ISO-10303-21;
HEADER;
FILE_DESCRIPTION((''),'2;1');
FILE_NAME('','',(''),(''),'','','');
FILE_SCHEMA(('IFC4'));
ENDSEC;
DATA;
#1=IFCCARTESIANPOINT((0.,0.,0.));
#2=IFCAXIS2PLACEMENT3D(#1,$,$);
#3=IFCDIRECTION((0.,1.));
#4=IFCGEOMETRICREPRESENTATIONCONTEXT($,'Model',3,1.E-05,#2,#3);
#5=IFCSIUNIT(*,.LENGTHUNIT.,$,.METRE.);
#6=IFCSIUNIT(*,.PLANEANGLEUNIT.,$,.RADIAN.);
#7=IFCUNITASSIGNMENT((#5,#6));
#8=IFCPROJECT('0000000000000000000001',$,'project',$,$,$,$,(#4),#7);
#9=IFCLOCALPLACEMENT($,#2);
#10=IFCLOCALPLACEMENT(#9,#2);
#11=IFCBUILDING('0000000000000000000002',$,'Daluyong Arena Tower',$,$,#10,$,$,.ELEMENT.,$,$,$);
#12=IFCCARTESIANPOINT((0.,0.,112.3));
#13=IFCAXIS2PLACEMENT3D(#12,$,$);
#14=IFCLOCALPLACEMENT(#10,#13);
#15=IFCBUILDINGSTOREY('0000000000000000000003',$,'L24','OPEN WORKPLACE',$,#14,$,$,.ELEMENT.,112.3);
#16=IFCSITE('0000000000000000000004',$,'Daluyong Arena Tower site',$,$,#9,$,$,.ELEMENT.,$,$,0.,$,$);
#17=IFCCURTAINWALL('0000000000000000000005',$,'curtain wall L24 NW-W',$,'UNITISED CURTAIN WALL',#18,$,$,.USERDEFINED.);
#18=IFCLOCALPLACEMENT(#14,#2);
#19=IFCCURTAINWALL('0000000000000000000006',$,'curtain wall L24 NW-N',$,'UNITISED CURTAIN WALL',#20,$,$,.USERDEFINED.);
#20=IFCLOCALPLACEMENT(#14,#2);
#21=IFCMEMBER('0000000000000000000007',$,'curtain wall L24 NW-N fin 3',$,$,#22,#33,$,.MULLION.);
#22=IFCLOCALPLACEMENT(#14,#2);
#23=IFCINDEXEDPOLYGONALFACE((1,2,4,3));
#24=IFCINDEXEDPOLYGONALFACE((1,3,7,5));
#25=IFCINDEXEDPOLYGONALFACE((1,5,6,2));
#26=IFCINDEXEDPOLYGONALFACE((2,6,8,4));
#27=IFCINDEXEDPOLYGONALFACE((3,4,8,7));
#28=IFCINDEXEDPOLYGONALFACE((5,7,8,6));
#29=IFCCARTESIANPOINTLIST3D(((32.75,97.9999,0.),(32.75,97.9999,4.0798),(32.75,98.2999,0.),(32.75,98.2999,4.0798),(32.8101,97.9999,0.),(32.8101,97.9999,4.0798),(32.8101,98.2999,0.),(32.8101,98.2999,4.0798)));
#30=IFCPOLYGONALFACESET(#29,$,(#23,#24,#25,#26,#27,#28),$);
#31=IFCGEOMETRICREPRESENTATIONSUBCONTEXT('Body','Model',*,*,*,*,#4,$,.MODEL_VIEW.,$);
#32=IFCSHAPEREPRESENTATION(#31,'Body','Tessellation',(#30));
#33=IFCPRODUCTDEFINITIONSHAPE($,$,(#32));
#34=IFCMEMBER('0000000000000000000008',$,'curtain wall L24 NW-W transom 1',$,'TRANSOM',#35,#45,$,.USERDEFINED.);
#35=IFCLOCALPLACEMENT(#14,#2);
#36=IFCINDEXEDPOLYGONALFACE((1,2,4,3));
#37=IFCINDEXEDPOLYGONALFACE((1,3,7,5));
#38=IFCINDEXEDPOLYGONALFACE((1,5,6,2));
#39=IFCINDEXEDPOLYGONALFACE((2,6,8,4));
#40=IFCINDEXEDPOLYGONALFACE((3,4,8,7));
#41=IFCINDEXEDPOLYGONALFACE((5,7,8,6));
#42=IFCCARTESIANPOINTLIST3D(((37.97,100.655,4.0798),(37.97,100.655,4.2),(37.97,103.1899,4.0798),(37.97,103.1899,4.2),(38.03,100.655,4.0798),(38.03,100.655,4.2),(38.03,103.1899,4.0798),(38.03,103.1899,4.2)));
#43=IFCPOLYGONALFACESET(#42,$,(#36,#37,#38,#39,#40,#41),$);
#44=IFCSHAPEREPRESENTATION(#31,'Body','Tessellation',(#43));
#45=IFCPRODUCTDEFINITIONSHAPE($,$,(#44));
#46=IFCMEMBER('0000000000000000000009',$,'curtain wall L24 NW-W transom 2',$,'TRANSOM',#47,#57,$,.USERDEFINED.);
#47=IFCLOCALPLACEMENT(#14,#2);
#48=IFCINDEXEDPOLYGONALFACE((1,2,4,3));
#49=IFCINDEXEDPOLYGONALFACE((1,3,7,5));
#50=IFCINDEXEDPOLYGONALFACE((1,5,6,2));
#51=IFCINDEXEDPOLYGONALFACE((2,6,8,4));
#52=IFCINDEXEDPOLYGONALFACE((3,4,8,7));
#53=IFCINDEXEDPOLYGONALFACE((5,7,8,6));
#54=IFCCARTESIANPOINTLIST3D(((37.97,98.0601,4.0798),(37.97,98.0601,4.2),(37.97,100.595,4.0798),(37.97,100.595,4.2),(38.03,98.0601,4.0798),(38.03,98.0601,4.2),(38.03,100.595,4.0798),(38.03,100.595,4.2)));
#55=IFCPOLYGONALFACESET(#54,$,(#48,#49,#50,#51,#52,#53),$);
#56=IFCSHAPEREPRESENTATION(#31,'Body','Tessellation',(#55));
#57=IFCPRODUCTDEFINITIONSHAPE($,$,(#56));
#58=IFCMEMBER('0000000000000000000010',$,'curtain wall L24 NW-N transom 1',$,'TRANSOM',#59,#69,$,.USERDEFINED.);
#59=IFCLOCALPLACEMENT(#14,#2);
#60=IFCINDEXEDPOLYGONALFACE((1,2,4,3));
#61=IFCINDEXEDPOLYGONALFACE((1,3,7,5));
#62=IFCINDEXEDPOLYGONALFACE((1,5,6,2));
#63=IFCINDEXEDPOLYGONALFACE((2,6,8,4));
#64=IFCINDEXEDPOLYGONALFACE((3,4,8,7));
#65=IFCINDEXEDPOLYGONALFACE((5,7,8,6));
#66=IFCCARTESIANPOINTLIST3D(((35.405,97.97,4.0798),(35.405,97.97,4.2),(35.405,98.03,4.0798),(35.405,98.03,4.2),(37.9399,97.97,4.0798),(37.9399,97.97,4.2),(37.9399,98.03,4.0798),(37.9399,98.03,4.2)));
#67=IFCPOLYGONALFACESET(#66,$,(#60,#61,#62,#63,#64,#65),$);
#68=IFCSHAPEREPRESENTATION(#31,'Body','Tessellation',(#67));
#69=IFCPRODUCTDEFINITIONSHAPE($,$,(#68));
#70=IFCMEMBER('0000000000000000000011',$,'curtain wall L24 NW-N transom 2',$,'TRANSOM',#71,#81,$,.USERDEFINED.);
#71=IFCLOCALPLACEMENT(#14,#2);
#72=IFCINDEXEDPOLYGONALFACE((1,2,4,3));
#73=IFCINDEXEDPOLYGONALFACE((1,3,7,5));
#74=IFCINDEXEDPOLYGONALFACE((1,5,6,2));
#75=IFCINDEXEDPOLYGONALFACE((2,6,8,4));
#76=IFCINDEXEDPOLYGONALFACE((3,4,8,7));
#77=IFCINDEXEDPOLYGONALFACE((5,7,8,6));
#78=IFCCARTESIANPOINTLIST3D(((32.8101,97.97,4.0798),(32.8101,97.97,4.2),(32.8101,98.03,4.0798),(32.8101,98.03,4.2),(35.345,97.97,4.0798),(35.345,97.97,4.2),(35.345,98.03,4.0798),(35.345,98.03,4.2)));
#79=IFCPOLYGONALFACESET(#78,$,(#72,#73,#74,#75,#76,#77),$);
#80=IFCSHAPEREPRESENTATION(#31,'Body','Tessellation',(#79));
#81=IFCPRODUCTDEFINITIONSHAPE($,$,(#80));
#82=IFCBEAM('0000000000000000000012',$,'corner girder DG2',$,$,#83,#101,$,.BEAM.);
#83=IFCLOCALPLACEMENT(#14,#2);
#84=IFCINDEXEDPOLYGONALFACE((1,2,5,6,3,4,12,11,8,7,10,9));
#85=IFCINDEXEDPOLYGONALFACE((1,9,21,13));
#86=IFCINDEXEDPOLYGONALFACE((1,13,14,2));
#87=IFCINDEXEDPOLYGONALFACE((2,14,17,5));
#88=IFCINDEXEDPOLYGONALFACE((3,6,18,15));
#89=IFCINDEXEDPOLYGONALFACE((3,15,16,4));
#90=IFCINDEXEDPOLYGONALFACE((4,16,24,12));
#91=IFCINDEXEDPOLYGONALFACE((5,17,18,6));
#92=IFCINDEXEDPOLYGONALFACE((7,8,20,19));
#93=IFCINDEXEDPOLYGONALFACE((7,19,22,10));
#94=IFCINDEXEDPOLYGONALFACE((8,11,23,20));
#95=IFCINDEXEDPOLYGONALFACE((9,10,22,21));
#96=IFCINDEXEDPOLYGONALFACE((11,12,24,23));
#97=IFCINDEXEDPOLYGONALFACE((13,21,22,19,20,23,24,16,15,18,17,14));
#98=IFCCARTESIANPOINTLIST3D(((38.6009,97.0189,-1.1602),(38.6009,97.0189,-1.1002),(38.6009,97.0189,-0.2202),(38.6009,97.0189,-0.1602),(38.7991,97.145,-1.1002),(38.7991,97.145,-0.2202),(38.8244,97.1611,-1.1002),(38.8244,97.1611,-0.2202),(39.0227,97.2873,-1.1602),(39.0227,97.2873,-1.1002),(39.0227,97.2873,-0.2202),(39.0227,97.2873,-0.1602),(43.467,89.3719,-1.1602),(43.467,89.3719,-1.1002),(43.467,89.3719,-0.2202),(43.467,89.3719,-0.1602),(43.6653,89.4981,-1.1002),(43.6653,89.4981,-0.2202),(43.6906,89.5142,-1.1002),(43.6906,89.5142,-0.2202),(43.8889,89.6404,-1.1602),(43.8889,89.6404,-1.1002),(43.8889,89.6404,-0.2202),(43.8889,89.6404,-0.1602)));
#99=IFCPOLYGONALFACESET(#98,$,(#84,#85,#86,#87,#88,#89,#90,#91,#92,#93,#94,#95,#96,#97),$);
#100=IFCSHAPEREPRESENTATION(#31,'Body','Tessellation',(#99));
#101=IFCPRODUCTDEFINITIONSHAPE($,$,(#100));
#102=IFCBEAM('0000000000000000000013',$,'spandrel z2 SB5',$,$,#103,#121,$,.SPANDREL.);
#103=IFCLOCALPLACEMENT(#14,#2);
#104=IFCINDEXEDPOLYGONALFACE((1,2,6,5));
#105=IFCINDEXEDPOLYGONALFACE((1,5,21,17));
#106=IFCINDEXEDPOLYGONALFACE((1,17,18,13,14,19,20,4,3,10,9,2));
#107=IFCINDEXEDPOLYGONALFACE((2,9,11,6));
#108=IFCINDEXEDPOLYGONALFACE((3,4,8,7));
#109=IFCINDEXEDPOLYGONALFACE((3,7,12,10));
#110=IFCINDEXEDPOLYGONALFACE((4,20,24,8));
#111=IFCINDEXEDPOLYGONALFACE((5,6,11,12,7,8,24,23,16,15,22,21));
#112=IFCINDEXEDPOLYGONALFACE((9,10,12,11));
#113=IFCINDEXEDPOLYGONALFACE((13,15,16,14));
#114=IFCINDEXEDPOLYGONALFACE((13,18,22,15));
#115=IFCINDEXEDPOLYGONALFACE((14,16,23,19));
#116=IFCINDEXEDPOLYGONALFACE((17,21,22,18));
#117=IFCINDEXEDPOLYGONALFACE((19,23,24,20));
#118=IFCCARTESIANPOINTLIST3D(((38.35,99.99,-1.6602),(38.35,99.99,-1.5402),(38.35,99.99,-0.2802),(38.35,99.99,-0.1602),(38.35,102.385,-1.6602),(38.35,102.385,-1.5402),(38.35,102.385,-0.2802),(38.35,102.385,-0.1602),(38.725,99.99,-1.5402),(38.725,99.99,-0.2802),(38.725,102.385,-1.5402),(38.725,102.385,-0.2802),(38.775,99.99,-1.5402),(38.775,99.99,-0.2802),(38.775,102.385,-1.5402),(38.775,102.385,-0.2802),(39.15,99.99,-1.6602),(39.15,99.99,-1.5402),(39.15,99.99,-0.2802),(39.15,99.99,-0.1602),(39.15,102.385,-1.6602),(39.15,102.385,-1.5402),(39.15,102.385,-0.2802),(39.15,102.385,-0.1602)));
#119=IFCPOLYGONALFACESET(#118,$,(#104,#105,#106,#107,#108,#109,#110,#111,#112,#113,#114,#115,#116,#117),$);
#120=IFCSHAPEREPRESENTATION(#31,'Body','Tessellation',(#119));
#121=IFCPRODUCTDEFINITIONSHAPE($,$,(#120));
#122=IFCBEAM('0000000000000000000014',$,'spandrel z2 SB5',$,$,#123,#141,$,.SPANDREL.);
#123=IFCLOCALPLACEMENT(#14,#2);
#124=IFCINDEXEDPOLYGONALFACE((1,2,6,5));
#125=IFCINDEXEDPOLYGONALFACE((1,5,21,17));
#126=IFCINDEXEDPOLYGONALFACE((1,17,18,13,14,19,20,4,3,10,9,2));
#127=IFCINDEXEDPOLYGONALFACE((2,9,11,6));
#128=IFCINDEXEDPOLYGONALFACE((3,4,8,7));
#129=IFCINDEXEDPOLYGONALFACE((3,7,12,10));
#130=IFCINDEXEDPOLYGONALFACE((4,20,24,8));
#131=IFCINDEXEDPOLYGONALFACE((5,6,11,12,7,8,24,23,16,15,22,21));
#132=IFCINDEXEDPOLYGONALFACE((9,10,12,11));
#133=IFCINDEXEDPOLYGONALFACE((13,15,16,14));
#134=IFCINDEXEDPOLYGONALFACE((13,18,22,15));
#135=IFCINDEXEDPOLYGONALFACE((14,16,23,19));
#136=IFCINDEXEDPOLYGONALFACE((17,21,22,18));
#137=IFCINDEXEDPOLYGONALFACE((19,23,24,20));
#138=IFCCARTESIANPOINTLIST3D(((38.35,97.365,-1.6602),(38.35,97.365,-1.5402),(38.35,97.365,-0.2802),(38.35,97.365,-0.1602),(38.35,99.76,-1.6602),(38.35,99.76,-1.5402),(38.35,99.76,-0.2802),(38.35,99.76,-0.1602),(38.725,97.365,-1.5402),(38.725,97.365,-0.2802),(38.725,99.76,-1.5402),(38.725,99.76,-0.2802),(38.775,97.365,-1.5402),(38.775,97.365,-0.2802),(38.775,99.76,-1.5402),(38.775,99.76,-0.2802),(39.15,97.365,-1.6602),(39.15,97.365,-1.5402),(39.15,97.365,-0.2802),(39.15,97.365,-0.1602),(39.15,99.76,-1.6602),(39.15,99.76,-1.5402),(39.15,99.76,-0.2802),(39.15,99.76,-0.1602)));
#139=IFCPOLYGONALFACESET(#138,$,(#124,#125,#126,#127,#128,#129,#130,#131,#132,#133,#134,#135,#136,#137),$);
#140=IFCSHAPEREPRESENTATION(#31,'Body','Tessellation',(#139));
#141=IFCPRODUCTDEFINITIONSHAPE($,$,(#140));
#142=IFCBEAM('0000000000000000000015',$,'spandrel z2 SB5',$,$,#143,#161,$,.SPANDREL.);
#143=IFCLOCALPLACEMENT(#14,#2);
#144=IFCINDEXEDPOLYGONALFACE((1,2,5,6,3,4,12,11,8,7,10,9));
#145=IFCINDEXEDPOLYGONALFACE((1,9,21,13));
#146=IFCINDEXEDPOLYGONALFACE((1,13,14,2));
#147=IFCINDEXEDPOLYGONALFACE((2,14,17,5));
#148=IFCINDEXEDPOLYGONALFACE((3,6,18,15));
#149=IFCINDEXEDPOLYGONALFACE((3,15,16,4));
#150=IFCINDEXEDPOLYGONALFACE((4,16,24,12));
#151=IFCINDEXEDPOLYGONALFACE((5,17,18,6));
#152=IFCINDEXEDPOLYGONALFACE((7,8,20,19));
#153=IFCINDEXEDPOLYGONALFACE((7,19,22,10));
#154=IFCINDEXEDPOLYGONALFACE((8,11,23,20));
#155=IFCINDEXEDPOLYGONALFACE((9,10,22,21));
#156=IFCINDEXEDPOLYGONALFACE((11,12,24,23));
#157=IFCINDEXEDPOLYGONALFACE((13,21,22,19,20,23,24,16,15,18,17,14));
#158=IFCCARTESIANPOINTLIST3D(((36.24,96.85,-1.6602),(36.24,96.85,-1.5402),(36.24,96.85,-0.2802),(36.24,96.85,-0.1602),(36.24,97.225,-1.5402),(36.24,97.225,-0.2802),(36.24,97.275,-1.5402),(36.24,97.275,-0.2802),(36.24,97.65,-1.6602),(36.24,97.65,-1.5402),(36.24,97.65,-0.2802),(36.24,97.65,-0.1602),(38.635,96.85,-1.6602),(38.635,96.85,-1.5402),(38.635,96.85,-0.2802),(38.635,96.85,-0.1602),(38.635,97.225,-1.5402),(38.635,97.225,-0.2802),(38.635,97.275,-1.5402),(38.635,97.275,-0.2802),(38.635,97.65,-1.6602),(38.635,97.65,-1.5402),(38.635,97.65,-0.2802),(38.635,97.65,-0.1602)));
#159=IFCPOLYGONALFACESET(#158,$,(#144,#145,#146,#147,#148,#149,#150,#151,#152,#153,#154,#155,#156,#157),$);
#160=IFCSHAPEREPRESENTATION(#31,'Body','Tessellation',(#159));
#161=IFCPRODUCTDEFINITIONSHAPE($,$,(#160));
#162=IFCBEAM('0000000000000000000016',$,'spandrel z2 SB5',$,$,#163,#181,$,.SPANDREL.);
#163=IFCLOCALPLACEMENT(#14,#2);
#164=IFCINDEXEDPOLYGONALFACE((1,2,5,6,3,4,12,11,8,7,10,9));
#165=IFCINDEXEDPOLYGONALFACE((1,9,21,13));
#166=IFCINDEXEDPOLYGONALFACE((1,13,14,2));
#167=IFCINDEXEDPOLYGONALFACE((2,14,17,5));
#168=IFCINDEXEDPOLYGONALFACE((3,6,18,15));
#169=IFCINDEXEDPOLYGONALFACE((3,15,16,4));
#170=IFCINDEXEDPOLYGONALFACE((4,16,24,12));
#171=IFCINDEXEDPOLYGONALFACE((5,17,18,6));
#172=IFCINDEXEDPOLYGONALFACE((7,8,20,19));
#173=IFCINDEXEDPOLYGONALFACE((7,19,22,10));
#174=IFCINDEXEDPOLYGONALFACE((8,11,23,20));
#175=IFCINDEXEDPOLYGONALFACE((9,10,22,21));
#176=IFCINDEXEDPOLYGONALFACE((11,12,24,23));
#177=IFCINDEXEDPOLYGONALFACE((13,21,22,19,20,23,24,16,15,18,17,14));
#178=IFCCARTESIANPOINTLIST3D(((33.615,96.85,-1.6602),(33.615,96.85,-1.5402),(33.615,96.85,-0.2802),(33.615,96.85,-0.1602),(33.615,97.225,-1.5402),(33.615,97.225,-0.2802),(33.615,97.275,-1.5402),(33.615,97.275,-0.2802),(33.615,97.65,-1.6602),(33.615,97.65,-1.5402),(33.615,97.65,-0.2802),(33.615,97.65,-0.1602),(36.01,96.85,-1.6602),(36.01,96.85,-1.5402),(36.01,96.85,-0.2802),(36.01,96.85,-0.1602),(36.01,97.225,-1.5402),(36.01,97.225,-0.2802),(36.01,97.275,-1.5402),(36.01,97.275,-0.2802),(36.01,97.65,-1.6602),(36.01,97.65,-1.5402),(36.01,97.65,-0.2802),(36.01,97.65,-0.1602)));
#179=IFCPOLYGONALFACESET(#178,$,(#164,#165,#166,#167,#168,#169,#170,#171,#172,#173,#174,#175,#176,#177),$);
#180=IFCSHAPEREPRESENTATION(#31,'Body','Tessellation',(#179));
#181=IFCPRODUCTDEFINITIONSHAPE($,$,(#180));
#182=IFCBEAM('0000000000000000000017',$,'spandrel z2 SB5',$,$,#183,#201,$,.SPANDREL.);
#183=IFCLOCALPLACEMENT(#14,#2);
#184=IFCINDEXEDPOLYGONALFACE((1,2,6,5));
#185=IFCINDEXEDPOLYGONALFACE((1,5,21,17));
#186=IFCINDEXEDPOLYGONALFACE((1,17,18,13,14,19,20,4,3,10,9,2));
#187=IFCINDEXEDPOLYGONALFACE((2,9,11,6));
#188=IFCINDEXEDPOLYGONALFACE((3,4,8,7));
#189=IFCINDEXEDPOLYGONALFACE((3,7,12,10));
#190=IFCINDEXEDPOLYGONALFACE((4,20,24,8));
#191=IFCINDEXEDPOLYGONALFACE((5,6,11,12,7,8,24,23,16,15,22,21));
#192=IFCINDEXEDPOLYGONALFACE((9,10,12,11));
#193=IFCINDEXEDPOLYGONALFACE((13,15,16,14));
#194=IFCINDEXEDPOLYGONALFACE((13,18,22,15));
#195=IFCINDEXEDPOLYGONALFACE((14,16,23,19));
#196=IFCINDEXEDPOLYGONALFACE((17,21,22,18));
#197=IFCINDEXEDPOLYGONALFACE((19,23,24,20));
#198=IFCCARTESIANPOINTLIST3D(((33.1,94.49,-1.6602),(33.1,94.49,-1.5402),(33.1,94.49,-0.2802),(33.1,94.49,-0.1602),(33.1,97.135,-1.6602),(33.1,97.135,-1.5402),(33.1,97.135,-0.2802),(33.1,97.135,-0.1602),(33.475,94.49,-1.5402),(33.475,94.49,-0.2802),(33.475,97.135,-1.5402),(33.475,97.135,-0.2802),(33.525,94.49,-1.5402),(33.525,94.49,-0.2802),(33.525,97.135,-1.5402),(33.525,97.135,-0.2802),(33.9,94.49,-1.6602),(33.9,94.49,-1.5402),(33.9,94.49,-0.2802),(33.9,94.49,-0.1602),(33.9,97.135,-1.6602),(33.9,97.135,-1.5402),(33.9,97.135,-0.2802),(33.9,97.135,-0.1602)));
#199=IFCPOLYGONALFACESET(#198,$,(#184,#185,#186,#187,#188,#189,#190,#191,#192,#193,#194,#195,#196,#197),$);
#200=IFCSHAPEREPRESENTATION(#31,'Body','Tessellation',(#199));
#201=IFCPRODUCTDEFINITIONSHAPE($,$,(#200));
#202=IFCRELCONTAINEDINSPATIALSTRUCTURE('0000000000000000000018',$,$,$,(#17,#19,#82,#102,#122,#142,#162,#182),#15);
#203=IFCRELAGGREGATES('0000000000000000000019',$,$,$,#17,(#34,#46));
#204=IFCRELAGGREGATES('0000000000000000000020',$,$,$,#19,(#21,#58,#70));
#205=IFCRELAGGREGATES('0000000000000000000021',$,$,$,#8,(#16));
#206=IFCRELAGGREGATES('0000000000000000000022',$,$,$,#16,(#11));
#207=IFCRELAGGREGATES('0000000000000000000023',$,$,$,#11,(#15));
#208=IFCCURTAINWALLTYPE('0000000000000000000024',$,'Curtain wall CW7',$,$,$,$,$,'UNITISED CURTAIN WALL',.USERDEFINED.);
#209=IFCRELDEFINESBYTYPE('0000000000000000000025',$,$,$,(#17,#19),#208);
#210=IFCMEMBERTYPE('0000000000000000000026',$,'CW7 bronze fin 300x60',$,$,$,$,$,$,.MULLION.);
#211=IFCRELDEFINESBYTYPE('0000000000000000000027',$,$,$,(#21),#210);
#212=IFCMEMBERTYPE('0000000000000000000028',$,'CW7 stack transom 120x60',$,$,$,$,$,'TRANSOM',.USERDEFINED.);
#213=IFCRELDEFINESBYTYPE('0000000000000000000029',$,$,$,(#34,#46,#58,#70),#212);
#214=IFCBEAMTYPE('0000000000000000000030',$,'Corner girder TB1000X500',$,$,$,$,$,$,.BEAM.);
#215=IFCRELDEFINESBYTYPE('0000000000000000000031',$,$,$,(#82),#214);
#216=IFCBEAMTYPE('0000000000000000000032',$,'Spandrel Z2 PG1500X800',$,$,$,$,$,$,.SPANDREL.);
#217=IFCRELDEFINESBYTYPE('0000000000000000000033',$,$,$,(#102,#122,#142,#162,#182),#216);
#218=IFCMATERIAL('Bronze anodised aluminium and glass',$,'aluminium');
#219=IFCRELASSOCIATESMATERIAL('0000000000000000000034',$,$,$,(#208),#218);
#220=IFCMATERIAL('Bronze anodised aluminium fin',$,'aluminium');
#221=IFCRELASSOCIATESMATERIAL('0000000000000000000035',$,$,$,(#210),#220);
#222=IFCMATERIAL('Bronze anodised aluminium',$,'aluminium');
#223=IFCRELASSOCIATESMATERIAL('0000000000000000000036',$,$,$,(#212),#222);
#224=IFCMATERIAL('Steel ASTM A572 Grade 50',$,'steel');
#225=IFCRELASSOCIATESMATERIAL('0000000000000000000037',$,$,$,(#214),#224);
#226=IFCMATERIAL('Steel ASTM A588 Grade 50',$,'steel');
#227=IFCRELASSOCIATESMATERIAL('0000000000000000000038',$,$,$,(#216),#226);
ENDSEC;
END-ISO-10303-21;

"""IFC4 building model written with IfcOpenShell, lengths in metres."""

from ifc_helpers import new_model, si_unit, direction, frame, origin, origin_2d, place, context, subcontext, project, spatial, rectangle, i_section, extrude, material, material_profile, profile_set, type_object, element, aggregate, save


model = new_model("IFC4")

# Units and contexts
model_context = context("Model", 3, precision=1e-05, world=origin(), true_north=direction((0.0, 1.0)))
body_context = subcontext(model_context, "Body", "Model", "MODEL_VIEW")
ifc_project = project(units=[si_unit("LENGTHUNIT", "METRE"), si_unit("PLANEANGLEUNIT", "RADIAN")], contexts=[model_context])

# Site, building, storey
site_placement = place(None, origin())
site = spatial("IfcSite", under=ifc_project, at=site_placement, Name="Daluyong Arena Tower site", CompositionType="ELEMENT", RefElevation=0.0)
building_placement = place(site_placement, origin())
building = spatial("IfcBuilding", under=site, at=building_placement, Name="Daluyong Arena Tower", CompositionType="ELEMENT")
storey_placement = place(building_placement, frame((0.0, 0.0, 112.3)))
storey = spatial("IfcBuildingStorey", under=building, at=storey_placement, Name="L24", Description="OPEN WORKPLACE", CompositionType="ELEMENT", Elevation=112.3)

# Curtain walls, member
ifc_material_1 = material(Name="Bronze anodised aluminium and glass", Category="aluminium")
curtain_wall_type_1 = type_object("IfcCurtainWallType", Name="Curtain wall CW7", ElementType="UNITISED CURTAIN WALL", PredefinedType="USERDEFINED", material=ifc_material_1)
curtain_wall_1_placement = place(storey_placement, origin())
curtain_wall_1 = element("IfcCurtainWall", 1, at=curtain_wall_1_placement, inside=storey, type_object=curtain_wall_type_1, Name="curtain wall L24 NW-W", ObjectType="UNITISED CURTAIN WALL", PredefinedType="USERDEFINED")
ifc_material_2 = material(Name="Bronze anodised aluminium fin", Category="aluminium")
ifc_material_profile_1 = material_profile(ifc_material_2, rectangle(XDim=0.3, YDim=0.0601, at=origin_2d()))
ifc_profile_set_1 = profile_set([ifc_material_profile_1], Name="Bronze anodised aluminium fin")
member_type_1 = type_object("IfcMemberType", Name="CW7 bronze fin 300x60", PredefinedType="MULLION", material=ifc_profile_set_1)
curtain_wall_2_placement = place(storey_placement, origin())
curtain_wall_2 = element("IfcCurtainWall", 2, at=curtain_wall_2_placement, inside=storey, type_object=curtain_wall_type_1, Name="curtain wall L24 NW-N", ObjectType="UNITISED CURTAIN WALL", PredefinedType="USERDEFINED")
member_1_placement = place(storey_placement, frame((32.78, 98.1499, 0.0), z_axis=(0.0, 0.0, 1.0), x_axis=(0.0, -1.0, 0.0)))
member_1 = element("IfcMember", 3, at=member_1_placement, type_object=member_type_1, Name="curtain wall L24 NW-N fin 3", PredefinedType="MULLION", context=body_context, shape_type="SweptSolid", body=[
    extrude(rectangle(XDim=0.3, YDim=0.0601, at=origin_2d()), origin(), (0.0, 0.0, 1.0), 4.0798),
])

# Members
ifc_material_3 = material(Name="Bronze anodised aluminium", Category="aluminium")
ifc_material_profile_2 = material_profile(ifc_material_3, rectangle(XDim=0.0601, YDim=0.1201, at=origin_2d()))
ifc_profile_set_2 = profile_set([ifc_material_profile_2], Name="Bronze anodised aluminium")
member_type_2 = type_object("IfcMemberType", Name="CW7 stack transom 120x60", ElementType="TRANSOM", PredefinedType="USERDEFINED", material=ifc_profile_set_2)
member_2_placement = place(storey_placement, frame((38.0, 103.1899, 4.1399), z_axis=(0.0, -1.0, 0.0), x_axis=(1.0, 0.0, 0.0)))
member_2 = element("IfcMember", 4, at=member_2_placement, type_object=member_type_2, Name="curtain wall L24 NW-W transom 1", ObjectType="TRANSOM", PredefinedType="USERDEFINED", context=body_context, shape_type="SweptSolid", body=[
    extrude(rectangle(XDim=0.0601, YDim=0.1201, at=origin_2d()), origin(), (0.0, 0.0, 1.0), 2.5349),
])
member_3_placement = place(storey_placement, frame((38.0, 100.595, 4.1399), z_axis=(0.0, -1.0, 0.0), x_axis=(1.0, 0.0, 0.0)))
member_3 = element("IfcMember", 5, at=member_3_placement, type_object=member_type_2, Name="curtain wall L24 NW-W transom 2", ObjectType="TRANSOM", PredefinedType="USERDEFINED", context=body_context, shape_type="SweptSolid", body=[
    extrude(rectangle(XDim=0.0601, YDim=0.1201, at=origin_2d()), origin(), (0.0, 0.0, 1.0), 2.5349),
])
member_4_placement = place(storey_placement, frame((37.9399, 98.0, 4.1399), z_axis=(-1.0, 0.0, 0.0), x_axis=(0.0, -1.0, 0.0)))
member_4 = element("IfcMember", 6, at=member_4_placement, type_object=member_type_2, Name="curtain wall L24 NW-N transom 1", ObjectType="TRANSOM", PredefinedType="USERDEFINED", context=body_context, shape_type="SweptSolid", body=[
    extrude(rectangle(XDim=0.0601, YDim=0.1201, at=origin_2d()), origin(), (0.0, 0.0, 1.0), 2.5349),
])
member_5_placement = place(storey_placement, frame((35.345, 98.0, 4.1399), z_axis=(-1.0, 0.0, 0.0), x_axis=(0.0, -1.0, 0.0)))
member_5 = element("IfcMember", 7, at=member_5_placement, type_object=member_type_2, Name="curtain wall L24 NW-N transom 2", ObjectType="TRANSOM", PredefinedType="USERDEFINED", context=body_context, shape_type="SweptSolid", body=[
    extrude(rectangle(XDim=0.0601, YDim=0.1201, at=origin_2d()), origin(), (0.0, 0.0, 1.0), 2.5349),
])

# Beams
ifc_material_4 = material(Name="Steel ASTM A572 Grade 50", Category="steel")
ifc_material_profile_3 = material_profile(ifc_material_4, i_section(OverallWidth=0.5, OverallDepth=1.0, WebThickness=0.03, FlangeThickness=0.06, at=origin_2d()))
ifc_profile_set_3 = profile_set([ifc_material_profile_3], Name="Steel ASTM A572 Grade 50")
beam_type_1 = type_object("IfcBeamType", Name="Corner girder TB1000X500", PredefinedType="BEAM", material=ifc_profile_set_3)
beam_1_placement = place(storey_placement, frame((38.8118, 97.1531, -0.6602), z_axis=(0.536872, -0.843664, 0.0), x_axis=(0.843664, 0.536872, 0.0)))
element("IfcBeam", 8, at=beam_1_placement, inside=storey, type_object=beam_type_1, Name="corner girder DG2", PredefinedType="BEAM", context=body_context, shape_type="SweptSolid", body=[
    extrude(i_section(OverallWidth=0.5, OverallDepth=1.0, WebThickness=0.03, FlangeThickness=0.06, at=origin_2d()), origin(), (0.0, 0.0, 1.0), 9.064),
])
ifc_material_5 = material(Name="Steel ASTM A588 Grade 50", Category="steel")
ifc_material_profile_4 = material_profile(ifc_material_5, i_section(OverallWidth=0.8, OverallDepth=1.5, WebThickness=0.05, FlangeThickness=0.12, at=origin_2d()))
ifc_profile_set_4 = profile_set([ifc_material_profile_4], Name="Steel ASTM A588 Grade 50")
beam_type_2 = type_object("IfcBeamType", Name="Spandrel Z2 PG1500X800", PredefinedType="SPANDREL", material=ifc_profile_set_4)
for number, where, z_axis, x_axis, name in (
    (9, (38.75, 102.385, -0.9102), (0.0, -1.0, 0.0), (1.0, 0.0, 0.0), "spandrel z2 SB5"),
    (10, (38.75, 99.76, -0.9102), (0.0, -1.0, 0.0), (1.0, 0.0, 0.0), "spandrel z2 SB5"),
    (11, (38.635, 97.25, -0.9102), (-1.0, 0.0, 0.0), (0.0, -1.0, 0.0), "spandrel z2 SB5"),
    (12, (36.01, 97.25, -0.9102), (-1.0, 0.0, 0.0), (0.0, -1.0, 0.0), "spandrel z2 SB5"),
):
    element("IfcBeam", number, at=place(storey_placement, frame(where, z_axis=z_axis, x_axis=x_axis)), inside=storey, type_object=beam_type_2, Name=name, PredefinedType="SPANDREL", context=body_context, shape_type="SweptSolid", body=[
        extrude(i_section(OverallWidth=0.8, OverallDepth=1.5, WebThickness=0.05, FlangeThickness=0.12, at=origin_2d()), origin(), (0.0, 0.0, 1.0), 2.395),
    ])
beam_2_placement = place(storey_placement, frame((33.5, 97.135, -0.9102), z_axis=(0.0, -1.0, 0.0), x_axis=(1.0, 0.0, 0.0)))
element("IfcBeam", 13, at=beam_2_placement, inside=storey, type_object=beam_type_2, Name="spandrel z2 SB5", PredefinedType="SPANDREL", context=body_context, shape_type="SweptSolid", body=[
    extrude(i_section(OverallWidth=0.8, OverallDepth=1.5, WebThickness=0.05, FlangeThickness=0.12, at=origin_2d()), origin(), (0.0, 0.0, 1.0), 2.645),
])

aggregate(curtain_wall_1, [member_2, member_3])
aggregate(curtain_wall_2, [member_1, member_4, member_5])

save(model, "model.ifc")
